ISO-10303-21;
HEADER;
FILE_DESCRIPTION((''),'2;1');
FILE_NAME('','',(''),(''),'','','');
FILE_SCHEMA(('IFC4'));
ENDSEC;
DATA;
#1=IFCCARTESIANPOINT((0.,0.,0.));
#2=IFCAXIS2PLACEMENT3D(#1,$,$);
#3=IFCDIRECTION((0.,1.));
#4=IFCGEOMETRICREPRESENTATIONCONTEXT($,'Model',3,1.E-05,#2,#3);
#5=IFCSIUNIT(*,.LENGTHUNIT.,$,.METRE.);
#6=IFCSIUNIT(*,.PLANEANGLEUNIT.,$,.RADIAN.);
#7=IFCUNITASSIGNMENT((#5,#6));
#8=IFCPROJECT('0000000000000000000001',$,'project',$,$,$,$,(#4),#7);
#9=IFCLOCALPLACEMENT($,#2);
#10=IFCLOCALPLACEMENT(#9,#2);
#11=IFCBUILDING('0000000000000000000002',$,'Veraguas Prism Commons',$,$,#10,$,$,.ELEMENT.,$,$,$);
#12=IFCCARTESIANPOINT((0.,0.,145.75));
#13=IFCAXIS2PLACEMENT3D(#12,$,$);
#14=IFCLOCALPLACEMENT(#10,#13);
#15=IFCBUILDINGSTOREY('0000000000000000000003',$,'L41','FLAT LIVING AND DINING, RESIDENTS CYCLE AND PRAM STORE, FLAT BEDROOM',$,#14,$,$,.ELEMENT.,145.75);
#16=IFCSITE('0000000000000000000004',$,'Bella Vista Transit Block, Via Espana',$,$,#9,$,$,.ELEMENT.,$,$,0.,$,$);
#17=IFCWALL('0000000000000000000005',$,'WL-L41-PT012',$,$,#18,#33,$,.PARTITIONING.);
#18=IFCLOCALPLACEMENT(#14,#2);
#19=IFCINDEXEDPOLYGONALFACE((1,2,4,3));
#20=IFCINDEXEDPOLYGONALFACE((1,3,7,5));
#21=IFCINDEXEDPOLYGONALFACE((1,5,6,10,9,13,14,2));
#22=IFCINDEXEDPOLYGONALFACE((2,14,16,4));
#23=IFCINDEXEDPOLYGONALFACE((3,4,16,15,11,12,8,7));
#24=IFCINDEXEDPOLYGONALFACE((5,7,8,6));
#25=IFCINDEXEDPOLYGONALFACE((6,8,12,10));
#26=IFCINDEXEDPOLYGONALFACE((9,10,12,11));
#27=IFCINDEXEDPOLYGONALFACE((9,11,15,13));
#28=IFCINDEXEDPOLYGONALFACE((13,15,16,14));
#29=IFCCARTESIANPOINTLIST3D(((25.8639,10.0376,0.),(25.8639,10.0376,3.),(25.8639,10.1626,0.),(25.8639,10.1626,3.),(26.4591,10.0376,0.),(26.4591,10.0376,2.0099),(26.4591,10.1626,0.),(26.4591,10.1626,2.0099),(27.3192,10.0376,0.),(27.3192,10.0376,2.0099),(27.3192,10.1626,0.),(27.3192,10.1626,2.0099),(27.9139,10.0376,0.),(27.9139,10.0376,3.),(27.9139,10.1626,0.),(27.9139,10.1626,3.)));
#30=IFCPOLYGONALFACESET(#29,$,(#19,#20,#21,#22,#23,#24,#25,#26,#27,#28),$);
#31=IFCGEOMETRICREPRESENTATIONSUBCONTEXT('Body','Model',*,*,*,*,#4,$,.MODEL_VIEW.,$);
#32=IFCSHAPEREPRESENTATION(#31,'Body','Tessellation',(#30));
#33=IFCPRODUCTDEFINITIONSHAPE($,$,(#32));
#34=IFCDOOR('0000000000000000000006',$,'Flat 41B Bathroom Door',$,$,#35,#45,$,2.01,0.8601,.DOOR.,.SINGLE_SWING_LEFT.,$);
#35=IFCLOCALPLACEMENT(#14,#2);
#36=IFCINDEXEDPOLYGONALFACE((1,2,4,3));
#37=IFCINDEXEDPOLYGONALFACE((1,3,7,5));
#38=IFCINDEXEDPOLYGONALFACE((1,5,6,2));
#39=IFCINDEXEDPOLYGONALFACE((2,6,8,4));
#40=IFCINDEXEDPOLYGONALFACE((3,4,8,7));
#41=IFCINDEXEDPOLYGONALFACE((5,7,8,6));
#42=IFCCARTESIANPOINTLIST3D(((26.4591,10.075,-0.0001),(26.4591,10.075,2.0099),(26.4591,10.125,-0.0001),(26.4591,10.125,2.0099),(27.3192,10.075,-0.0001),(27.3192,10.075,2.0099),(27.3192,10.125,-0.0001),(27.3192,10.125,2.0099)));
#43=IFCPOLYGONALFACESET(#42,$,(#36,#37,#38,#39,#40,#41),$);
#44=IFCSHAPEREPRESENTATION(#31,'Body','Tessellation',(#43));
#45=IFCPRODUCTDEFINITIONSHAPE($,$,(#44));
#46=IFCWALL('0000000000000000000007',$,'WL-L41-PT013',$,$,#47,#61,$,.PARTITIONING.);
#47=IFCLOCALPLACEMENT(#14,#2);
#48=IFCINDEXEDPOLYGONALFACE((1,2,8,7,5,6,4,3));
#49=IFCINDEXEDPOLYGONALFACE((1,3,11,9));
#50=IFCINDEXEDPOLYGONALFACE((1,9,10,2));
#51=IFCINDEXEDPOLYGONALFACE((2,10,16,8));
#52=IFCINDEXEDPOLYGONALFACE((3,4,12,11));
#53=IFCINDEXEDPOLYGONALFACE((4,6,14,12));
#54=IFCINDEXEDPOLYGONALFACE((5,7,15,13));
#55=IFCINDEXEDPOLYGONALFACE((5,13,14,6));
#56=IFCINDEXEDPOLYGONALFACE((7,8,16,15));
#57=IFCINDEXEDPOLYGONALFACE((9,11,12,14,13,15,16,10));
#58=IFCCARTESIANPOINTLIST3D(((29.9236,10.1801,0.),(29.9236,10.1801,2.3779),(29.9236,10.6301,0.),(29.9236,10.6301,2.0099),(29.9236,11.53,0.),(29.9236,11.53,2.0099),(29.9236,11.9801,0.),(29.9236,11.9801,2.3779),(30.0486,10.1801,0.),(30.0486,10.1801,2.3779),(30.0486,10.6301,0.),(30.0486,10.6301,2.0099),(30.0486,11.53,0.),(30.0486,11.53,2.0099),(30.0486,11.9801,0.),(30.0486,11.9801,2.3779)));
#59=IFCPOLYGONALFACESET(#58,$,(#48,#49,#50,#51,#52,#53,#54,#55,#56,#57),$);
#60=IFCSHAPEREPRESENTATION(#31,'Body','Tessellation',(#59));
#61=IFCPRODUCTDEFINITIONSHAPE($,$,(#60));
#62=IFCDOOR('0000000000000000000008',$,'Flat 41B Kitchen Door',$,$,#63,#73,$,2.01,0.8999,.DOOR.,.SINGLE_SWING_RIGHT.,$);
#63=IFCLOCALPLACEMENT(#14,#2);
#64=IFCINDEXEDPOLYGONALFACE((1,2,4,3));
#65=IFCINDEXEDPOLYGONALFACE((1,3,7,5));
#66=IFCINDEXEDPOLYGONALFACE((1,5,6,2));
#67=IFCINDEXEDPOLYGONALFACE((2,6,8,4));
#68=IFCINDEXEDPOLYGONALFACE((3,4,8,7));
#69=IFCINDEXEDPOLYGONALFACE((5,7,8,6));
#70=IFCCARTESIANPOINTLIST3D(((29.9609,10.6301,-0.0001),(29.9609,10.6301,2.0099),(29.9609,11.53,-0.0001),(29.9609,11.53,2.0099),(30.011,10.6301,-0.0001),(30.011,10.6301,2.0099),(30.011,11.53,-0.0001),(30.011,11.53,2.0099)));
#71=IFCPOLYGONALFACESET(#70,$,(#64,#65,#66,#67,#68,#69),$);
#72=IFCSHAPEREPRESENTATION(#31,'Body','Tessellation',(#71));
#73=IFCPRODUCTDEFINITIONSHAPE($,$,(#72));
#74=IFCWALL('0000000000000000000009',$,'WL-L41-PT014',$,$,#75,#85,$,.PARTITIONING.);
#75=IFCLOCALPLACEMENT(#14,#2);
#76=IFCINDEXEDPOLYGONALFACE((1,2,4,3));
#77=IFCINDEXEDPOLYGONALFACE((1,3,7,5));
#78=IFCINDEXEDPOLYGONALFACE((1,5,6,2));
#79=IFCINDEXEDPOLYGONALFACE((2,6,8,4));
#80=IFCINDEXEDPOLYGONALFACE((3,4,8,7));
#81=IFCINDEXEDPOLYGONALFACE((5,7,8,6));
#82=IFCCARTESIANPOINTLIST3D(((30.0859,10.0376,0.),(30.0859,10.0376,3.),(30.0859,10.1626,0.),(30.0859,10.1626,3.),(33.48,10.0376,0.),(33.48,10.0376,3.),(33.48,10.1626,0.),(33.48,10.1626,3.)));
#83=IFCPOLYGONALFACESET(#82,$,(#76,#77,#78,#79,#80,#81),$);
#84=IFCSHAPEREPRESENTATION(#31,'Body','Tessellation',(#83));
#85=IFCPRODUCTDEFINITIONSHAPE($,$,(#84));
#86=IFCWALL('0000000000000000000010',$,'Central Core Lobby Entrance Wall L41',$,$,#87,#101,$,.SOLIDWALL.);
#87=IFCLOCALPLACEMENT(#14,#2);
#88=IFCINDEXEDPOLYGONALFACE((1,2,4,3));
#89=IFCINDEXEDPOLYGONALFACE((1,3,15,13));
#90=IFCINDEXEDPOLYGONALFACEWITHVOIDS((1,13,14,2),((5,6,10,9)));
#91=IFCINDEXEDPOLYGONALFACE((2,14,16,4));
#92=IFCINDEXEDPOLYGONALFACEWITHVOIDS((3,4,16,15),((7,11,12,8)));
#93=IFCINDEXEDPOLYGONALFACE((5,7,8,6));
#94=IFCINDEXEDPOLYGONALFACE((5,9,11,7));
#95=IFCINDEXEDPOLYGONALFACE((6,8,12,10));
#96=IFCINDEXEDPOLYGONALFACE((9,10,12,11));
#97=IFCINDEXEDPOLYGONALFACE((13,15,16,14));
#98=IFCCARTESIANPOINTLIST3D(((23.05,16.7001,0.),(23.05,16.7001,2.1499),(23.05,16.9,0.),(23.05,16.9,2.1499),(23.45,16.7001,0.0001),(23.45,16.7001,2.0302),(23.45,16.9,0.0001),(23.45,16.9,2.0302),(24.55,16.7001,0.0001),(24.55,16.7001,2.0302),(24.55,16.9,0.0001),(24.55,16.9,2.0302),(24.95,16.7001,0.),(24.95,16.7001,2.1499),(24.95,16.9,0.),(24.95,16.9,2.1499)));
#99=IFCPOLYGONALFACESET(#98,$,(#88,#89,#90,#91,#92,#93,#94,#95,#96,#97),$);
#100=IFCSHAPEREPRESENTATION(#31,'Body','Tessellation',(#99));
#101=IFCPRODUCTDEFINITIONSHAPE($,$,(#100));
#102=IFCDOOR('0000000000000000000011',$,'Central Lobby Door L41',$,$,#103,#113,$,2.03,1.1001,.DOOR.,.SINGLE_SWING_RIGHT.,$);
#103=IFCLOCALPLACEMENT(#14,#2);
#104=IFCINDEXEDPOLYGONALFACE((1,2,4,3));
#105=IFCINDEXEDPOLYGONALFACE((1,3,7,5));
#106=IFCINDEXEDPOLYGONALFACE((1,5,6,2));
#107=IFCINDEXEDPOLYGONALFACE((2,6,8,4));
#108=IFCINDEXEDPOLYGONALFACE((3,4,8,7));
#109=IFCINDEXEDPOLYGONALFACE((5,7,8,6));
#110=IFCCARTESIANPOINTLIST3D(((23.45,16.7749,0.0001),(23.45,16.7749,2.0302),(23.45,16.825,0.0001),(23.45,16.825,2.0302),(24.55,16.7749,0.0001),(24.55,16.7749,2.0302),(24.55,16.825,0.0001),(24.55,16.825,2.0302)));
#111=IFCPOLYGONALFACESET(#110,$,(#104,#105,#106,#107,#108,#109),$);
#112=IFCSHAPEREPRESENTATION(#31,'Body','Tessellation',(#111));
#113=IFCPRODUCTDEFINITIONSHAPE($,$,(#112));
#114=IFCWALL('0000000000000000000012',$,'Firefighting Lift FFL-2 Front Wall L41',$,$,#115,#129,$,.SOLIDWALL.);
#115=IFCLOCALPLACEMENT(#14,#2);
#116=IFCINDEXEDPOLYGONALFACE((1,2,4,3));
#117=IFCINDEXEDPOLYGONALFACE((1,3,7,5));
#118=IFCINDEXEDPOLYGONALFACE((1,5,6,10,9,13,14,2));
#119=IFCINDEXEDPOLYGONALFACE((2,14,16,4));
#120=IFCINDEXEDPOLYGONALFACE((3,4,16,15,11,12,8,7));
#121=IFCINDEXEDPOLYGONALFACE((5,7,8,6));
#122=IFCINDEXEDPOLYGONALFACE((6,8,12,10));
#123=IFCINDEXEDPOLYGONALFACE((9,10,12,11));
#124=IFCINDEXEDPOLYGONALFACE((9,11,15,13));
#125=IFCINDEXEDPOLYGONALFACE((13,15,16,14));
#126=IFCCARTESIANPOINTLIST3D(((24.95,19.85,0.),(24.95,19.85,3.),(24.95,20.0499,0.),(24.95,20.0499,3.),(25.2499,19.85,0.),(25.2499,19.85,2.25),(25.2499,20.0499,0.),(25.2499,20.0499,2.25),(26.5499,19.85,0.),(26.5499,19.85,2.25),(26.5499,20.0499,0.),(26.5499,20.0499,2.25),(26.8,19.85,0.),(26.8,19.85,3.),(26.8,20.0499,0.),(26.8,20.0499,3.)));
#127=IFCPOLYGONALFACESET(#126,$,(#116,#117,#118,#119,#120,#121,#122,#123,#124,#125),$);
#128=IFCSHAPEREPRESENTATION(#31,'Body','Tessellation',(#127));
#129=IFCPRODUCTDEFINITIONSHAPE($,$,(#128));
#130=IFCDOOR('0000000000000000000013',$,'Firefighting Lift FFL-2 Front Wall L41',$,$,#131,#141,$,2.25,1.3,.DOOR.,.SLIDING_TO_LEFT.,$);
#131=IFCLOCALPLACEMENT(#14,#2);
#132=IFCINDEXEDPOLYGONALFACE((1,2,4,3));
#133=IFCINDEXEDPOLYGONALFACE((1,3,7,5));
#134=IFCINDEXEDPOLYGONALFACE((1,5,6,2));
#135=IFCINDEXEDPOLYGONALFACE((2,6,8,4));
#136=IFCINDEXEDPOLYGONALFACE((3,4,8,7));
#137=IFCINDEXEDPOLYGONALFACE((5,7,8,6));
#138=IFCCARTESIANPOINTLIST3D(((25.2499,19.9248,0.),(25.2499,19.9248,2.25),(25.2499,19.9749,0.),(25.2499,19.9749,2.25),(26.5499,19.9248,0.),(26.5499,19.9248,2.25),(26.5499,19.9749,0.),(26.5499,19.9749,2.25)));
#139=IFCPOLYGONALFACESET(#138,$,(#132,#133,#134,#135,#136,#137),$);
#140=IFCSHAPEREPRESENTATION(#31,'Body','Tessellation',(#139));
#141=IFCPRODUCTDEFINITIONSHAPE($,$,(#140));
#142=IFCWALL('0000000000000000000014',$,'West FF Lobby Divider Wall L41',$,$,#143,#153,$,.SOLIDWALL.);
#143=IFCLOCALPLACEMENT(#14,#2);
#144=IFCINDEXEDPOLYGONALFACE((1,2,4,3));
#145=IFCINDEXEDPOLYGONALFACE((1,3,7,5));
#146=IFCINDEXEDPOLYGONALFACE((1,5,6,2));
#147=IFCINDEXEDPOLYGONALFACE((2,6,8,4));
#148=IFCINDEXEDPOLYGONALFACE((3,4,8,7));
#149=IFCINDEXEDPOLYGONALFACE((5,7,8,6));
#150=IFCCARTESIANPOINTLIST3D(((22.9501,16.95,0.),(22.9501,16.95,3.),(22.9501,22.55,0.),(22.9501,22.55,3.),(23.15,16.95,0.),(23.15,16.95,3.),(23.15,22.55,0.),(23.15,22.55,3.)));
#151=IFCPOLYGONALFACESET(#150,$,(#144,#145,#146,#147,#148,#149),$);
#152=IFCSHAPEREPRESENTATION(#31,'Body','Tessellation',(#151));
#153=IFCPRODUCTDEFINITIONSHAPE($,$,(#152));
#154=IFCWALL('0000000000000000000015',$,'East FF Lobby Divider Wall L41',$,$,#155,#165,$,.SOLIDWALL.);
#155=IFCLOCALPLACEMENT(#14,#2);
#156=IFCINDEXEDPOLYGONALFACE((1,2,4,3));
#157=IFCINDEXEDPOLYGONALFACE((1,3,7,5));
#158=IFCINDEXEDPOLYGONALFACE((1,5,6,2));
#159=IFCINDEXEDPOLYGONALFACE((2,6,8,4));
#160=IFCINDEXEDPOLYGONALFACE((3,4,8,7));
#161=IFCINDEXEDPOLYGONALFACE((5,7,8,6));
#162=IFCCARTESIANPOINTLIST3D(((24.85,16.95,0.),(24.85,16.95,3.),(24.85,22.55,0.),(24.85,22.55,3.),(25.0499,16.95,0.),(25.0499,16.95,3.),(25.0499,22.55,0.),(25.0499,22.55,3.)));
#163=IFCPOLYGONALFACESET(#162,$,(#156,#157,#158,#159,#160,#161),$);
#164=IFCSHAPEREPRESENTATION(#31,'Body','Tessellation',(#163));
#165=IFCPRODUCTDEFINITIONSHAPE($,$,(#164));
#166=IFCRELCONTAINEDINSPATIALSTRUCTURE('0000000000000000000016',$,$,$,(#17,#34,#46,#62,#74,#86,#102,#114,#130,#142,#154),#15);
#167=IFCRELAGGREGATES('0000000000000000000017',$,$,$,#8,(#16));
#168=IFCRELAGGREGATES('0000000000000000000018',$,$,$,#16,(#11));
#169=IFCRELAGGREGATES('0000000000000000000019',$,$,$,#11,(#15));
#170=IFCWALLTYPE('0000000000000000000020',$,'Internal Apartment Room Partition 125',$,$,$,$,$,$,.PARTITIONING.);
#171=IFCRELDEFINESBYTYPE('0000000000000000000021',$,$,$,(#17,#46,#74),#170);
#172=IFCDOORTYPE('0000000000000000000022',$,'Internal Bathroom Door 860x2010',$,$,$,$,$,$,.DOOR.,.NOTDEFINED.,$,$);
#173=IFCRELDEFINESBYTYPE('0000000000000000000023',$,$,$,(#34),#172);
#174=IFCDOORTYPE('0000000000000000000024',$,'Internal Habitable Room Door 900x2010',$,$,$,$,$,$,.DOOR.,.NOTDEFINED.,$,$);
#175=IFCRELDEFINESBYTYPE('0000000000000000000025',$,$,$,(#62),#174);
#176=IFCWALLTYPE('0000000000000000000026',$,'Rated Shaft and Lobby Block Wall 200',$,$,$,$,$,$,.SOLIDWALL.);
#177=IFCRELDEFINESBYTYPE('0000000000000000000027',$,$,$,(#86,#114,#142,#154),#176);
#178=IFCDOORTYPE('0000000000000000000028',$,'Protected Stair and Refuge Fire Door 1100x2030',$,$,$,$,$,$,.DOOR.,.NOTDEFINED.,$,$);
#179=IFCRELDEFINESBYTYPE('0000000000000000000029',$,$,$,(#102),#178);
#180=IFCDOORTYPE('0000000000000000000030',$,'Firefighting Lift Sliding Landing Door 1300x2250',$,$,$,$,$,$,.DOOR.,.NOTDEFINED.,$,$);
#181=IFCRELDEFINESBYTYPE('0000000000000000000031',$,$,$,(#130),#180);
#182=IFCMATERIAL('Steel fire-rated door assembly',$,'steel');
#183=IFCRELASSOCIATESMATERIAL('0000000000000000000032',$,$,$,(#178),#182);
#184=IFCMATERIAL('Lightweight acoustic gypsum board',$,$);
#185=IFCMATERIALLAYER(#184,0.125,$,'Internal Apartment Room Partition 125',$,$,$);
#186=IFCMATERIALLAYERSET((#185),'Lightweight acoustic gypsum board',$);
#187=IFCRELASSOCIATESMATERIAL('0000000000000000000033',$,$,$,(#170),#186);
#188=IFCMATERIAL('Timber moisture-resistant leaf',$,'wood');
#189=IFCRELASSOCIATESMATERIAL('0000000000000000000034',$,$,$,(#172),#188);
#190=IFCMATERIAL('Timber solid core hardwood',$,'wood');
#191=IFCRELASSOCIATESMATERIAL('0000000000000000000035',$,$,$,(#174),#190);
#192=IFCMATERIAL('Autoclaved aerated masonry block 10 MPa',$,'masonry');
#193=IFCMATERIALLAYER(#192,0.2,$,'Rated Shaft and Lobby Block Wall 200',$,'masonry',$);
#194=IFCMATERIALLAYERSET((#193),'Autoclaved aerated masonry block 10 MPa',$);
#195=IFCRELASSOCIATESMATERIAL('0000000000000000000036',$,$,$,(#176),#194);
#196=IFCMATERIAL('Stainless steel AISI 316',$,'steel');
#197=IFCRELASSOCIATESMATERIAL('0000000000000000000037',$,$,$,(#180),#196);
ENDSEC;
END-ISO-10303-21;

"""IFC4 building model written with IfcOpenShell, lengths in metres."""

from ifc_helpers import new_model, si_unit, direction, frame, frame_2d, origin, place, context, subcontext, project, spatial, rectangle, extrude, source, transform, mapped, material, layer, layer_set, type_object, element, fill, save


model = new_model("IFC4")

# Units and contexts
model_context = context("Model", 3, precision=1e-05, world=origin(), true_north=direction((0.0, 1.0)))
body_context = subcontext(model_context, "Body", "Model", "MODEL_VIEW")
ifc_project = project(units=[si_unit("LENGTHUNIT", "METRE"), si_unit("PLANEANGLEUNIT", "RADIAN")], contexts=[model_context])

# Site, building, storey
site_placement = place(None, origin())
site = spatial("IfcSite", under=ifc_project, at=site_placement, Name="Bella Vista Transit Block, Via Espana", CompositionType="ELEMENT", RefElevation=0.0)
building_placement = place(site_placement, origin())
building = spatial("IfcBuilding", under=site, at=building_placement, Name="Veraguas Prism Commons", CompositionType="ELEMENT")
storey_placement = place(building_placement, frame((0.0, 0.0, 145.75)))
storey = spatial("IfcBuildingStorey", under=building, at=storey_placement, Name="L41", Description="FLAT LIVING AND DINING, RESIDENTS CYCLE AND PRAM STORE, FLAT BEDROOM", CompositionType="ELEMENT", Elevation=145.75)

# Shared definitions
ifc_material_1 = material(Name="Steel fire-rated door assembly", Category="steel")
door_type_1 = type_object("IfcDoorType", Name="Protected Stair and Refuge Fire Door 1100x2030", OperationType="NOTDEFINED", PredefinedType="DOOR", material=ifc_material_1)
shared_shape_1 = source(origin(), body_context, "Body", "SweptSolid", [
    extrude(rectangle(XDim=1.1001, YDim=2.03, at=frame_2d((0.55, 1.0151))), frame((0.0, 0.0249, 0.0), z_axis=(0.0, -1.0, 0.0), x_axis=(1.0, 0.0, 0.0)), (0.0, 0.0, 1.0), 0.05),
])

# Shared definitions
ifc_material_2 = material(Name="Autoclaved aerated masonry block 10 MPa", Category="masonry")

# Walls, openings, doors
ifc_material_3 = material(Name="Lightweight acoustic gypsum board")
ifc_layer_1 = layer(ifc_material_3, 0.125, Name="Internal Apartment Room Partition 125")
ifc_layer_set_1 = layer_set([ifc_layer_1], Name="Lightweight acoustic gypsum board")
wall_type_1 = type_object("IfcWallType", Name="Internal Apartment Room Partition 125", PredefinedType="PARTITIONING", material=ifc_layer_set_1)
wall_1_placement = place(storey_placement, frame((25.864, 10.1001, 0.0), z_axis=(0.0, 0.0, 1.0), x_axis=(1.0, 0.0, 0.0)))
wall_1 = element("IfcWall", 1, at=wall_1_placement, inside=storey, type_object=wall_type_1, Name="WL-L41-PT012", PredefinedType="PARTITIONING", context=body_context, shape_type="SweptSolid", body=[
    extrude(rectangle(XDim=2.05, YDim=0.125, at=frame_2d((1.0249, 0.0))), origin(), (0.0, 0.0, 1.0), 3.0),
])
opening_1_placement = place(wall_1_placement, frame((0.595, 0.0, 0.0)))
opening_1 = element("IfcOpeningElement", 2, at=opening_1_placement, cuts=wall_1, PredefinedType="OPENING", context=body_context, shape_type="SweptSolid", body=[
    extrude(rectangle(XDim=0.8601, YDim=2.01, at=frame_2d((0.4302, 1.0049))), frame((0.0, 0.0725, 0.0), z_axis=(0.0, -1.0, 0.0), x_axis=(1.0, 0.0, 0.0)), (0.0, 0.0, 1.0), 0.145),
])
ifc_material_4 = material(Name="Timber moisture-resistant leaf", Category="wood")
door_type_2 = type_object("IfcDoorType", Name="Internal Bathroom Door 860x2010", OperationType="NOTDEFINED", PredefinedType="DOOR", material=ifc_material_4)
shared_shape_2 = source(origin(), body_context, "Body", "SweptSolid", [
    extrude(rectangle(XDim=0.8601, YDim=2.01, at=frame_2d((0.4302, 1.0049))), frame((0.0, 0.0249, 0.0), z_axis=(0.0, -1.0, 0.0), x_axis=(1.0, 0.0, 0.0)), (0.0, 0.0, 1.0), 0.05),
])
door_1_placement = place(opening_1_placement, origin())
door_1 = element("IfcDoor", 3, at=door_1_placement, inside=storey, type_object=door_type_2, Name="Flat 41B Bathroom Door", OperationType="SINGLE_SWING_LEFT", OverallHeight=2.01, OverallWidth=0.8601, PredefinedType="DOOR", context=body_context, shape_type="MappedRepresentation", body=[
    mapped(shared_shape_2, transform((0.0, 0.0, 0.0), scale=1.0)),
])
fill(opening_1, door_1)
wall_2_placement = place(storey_placement, frame((29.9861, 11.98, 0.0), z_axis=(0.0, 0.0, 1.0), x_axis=(0.0, -1.0, 0.0)))
wall_2 = element("IfcWall", 4, at=wall_2_placement, inside=storey, type_object=wall_type_1, Name="WL-L41-PT013", PredefinedType="PARTITIONING", context=body_context, shape_type="SweptSolid", body=[
    extrude(rectangle(XDim=1.8, YDim=0.125, at=frame_2d((0.8999, 0.0))), origin(), (0.0, 0.0, 1.0), 2.3779),
])
opening_2_placement = place(wall_2_placement, frame((0.45, 0.0, 0.0)))
opening_2 = element("IfcOpeningElement", 5, at=opening_2_placement, cuts=wall_2, PredefinedType="OPENING", context=body_context, shape_type="SweptSolid", body=[
    extrude(rectangle(XDim=0.8999, YDim=2.01, at=frame_2d((0.45, 1.0049))), frame((0.0, 0.0725, 0.0), z_axis=(0.0, -1.0, 0.0), x_axis=(1.0, 0.0, 0.0)), (0.0, 0.0, 1.0), 0.145),
])
ifc_material_5 = material(Name="Timber solid core hardwood", Category="wood")
door_type_3 = type_object("IfcDoorType", Name="Internal Habitable Room Door 900x2010", OperationType="NOTDEFINED", PredefinedType="DOOR", material=ifc_material_5)
shared_shape_3 = source(origin(), body_context, "Body", "SweptSolid", [
    extrude(rectangle(XDim=0.8999, YDim=2.01, at=frame_2d((0.45, 1.0049))), frame((0.0, 0.0249, 0.0), z_axis=(0.0, -1.0, 0.0), x_axis=(1.0, 0.0, 0.0)), (0.0, 0.0, 1.0), 0.05),
])
door_2_placement = place(opening_2_placement, origin())
door_2 = element("IfcDoor", 6, at=door_2_placement, inside=storey, type_object=door_type_3, Name="Flat 41B Kitchen Door", OperationType="SINGLE_SWING_RIGHT", OverallHeight=2.01, OverallWidth=0.8999, PredefinedType="DOOR", context=body_context, shape_type="MappedRepresentation", body=[
    mapped(shared_shape_3, transform((0.0, 0.0, 0.0), scale=1.0)),
])
fill(opening_2, door_2)

# Wall
wall_3_placement = place(storey_placement, frame((30.0859, 10.1001, 0.0), z_axis=(0.0, 0.0, 1.0), x_axis=(1.0, 0.0, 0.0)))
element("IfcWall", 7, at=wall_3_placement, inside=storey, type_object=wall_type_1, Name="WL-L41-PT014", PredefinedType="PARTITIONING", context=body_context, shape_type="SweptSolid", body=[
    extrude(rectangle(XDim=3.394, YDim=0.125, at=frame_2d((1.697, 0.0))), origin(), (0.0, 0.0, 1.0), 3.0),
])

# Walls, openings, doors
ifc_layer_2 = layer(ifc_material_2, 0.2, Name="Rated Shaft and Lobby Block Wall 200", Category="masonry")
ifc_layer_set_2 = layer_set([ifc_layer_2], Name="Autoclaved aerated masonry block 10 MPa")
wall_type_2 = type_object("IfcWallType", Name="Rated Shaft and Lobby Block Wall 200", PredefinedType="SOLIDWALL", material=ifc_layer_set_2)
wall_4_placement = place(storey_placement, frame((23.05, 16.8, 0.0), z_axis=(0.0, 0.0, 1.0), x_axis=(1.0, 0.0, 0.0)))
wall_4 = element("IfcWall", 8, at=wall_4_placement, inside=storey, type_object=wall_type_2, Name="Central Core Lobby Entrance Wall L41", PredefinedType="SOLIDWALL", context=body_context, shape_type="SweptSolid", body=[
    extrude(rectangle(XDim=1.8999, YDim=0.2, at=frame_2d((0.95, 0.0))), origin(), (0.0, 0.0, 1.0), 2.1499),
])
opening_3_placement = place(wall_4_placement, frame((0.3999, 0.0, 0.0)))
opening_3 = element("IfcOpeningElement", 9, at=opening_3_placement, cuts=wall_4, PredefinedType="OPENING", context=body_context, shape_type="SweptSolid", body=[
    extrude(rectangle(XDim=1.1001, YDim=2.03, at=frame_2d((0.55, 1.0151))), frame((0.0, 0.1099, 0.0), z_axis=(0.0, -1.0, 0.0), x_axis=(1.0, 0.0, 0.0)), (0.0, 0.0, 1.0), 0.22),
])
door_3_placement = place(opening_3_placement, origin())
door_3 = element("IfcDoor", 10, at=door_3_placement, inside=storey, type_object=door_type_1, Name="Central Lobby Door L41", OperationType="SINGLE_SWING_RIGHT", OverallHeight=2.03, OverallWidth=1.1001, PredefinedType="DOOR", context=body_context, shape_type="MappedRepresentation", body=[
    mapped(shared_shape_1, transform((0.0, 0.0, 0.0), scale=1.0)),
])
fill(opening_3, door_3)
wall_5_placement = place(storey_placement, frame((24.95, 19.95, 0.0), z_axis=(0.0, 0.0, 1.0), x_axis=(1.0, 0.0, 0.0)))
wall_5 = element("IfcWall", 11, at=wall_5_placement, inside=storey, type_object=wall_type_2, Name="Firefighting Lift FFL-2 Front Wall L41", PredefinedType="SOLIDWALL", context=body_context, shape_type="SweptSolid", body=[
    extrude(rectangle(XDim=1.8501, YDim=0.2, at=frame_2d((0.925, 0.0))), origin(), (0.0, 0.0, 1.0), 3.0),
])
opening_4_placement = place(wall_5_placement, frame((0.3, 0.0, 0.0)))
opening_4 = element("IfcOpeningElement", 12, at=opening_4_placement, cuts=wall_5, PredefinedType="OPENING", context=body_context, shape_type="SweptSolid", body=[
    extrude(rectangle(XDim=1.3, YDim=2.25, at=frame_2d((0.6499, 1.125))), frame((0.0, 0.1099, 0.0), z_axis=(0.0, -1.0, 0.0), x_axis=(1.0, 0.0, 0.0)), (0.0, 0.0, 1.0), 0.22),
])
ifc_material_6 = material(Name="Stainless steel AISI 316", Category="steel")
door_type_4 = type_object("IfcDoorType", Name="Firefighting Lift Sliding Landing Door 1300x2250", OperationType="NOTDEFINED", PredefinedType="DOOR", material=ifc_material_6)
shared_shape_4 = source(origin(), body_context, "Body", "SweptSolid", [
    extrude(rectangle(XDim=1.3, YDim=2.25, at=frame_2d((0.6499, 1.125))), frame((0.0, 0.0249, 0.0), z_axis=(0.0, -1.0, 0.0), x_axis=(1.0, 0.0, 0.0)), (0.0, 0.0, 1.0), 0.05),
])
door_4_placement = place(opening_4_placement, origin())
door_4 = element("IfcDoor", 13, at=door_4_placement, inside=storey, type_object=door_type_4, Name="Firefighting Lift FFL-2 Front Wall L41", OperationType="SLIDING_TO_LEFT", OverallHeight=2.25, OverallWidth=1.3, PredefinedType="DOOR", context=body_context, shape_type="MappedRepresentation", body=[
    mapped(shared_shape_4, transform((0.0, 0.0, 0.0), scale=1.0)),
])
fill(opening_4, door_4)

# Walls
for number, where, z_axis, x_axis, name in (
    (14, (23.05, 16.95, 0.0), (0.0, 0.0, 1.0), (0.0, 1.0, 0.0), "West FF Lobby Divider Wall L41"),
    (15, (24.95, 16.95, 0.0), (0.0, 0.0, 1.0), (0.0, 1.0, 0.0), "East FF Lobby Divider Wall L41"),
):
    element("IfcWall", number, at=place(storey_placement, frame(where, z_axis=z_axis, x_axis=x_axis)), inside=storey, type_object=wall_type_2, Name=name, PredefinedType="SOLIDWALL", context=body_context, shape_type="SweptSolid", body=[
        extrude(rectangle(XDim=5.6001, YDim=0.2, at=frame_2d((2.8, 0.0))), origin(), (0.0, 0.0, 1.0), 3.0),
    ])

save(model, "model.ifc")
